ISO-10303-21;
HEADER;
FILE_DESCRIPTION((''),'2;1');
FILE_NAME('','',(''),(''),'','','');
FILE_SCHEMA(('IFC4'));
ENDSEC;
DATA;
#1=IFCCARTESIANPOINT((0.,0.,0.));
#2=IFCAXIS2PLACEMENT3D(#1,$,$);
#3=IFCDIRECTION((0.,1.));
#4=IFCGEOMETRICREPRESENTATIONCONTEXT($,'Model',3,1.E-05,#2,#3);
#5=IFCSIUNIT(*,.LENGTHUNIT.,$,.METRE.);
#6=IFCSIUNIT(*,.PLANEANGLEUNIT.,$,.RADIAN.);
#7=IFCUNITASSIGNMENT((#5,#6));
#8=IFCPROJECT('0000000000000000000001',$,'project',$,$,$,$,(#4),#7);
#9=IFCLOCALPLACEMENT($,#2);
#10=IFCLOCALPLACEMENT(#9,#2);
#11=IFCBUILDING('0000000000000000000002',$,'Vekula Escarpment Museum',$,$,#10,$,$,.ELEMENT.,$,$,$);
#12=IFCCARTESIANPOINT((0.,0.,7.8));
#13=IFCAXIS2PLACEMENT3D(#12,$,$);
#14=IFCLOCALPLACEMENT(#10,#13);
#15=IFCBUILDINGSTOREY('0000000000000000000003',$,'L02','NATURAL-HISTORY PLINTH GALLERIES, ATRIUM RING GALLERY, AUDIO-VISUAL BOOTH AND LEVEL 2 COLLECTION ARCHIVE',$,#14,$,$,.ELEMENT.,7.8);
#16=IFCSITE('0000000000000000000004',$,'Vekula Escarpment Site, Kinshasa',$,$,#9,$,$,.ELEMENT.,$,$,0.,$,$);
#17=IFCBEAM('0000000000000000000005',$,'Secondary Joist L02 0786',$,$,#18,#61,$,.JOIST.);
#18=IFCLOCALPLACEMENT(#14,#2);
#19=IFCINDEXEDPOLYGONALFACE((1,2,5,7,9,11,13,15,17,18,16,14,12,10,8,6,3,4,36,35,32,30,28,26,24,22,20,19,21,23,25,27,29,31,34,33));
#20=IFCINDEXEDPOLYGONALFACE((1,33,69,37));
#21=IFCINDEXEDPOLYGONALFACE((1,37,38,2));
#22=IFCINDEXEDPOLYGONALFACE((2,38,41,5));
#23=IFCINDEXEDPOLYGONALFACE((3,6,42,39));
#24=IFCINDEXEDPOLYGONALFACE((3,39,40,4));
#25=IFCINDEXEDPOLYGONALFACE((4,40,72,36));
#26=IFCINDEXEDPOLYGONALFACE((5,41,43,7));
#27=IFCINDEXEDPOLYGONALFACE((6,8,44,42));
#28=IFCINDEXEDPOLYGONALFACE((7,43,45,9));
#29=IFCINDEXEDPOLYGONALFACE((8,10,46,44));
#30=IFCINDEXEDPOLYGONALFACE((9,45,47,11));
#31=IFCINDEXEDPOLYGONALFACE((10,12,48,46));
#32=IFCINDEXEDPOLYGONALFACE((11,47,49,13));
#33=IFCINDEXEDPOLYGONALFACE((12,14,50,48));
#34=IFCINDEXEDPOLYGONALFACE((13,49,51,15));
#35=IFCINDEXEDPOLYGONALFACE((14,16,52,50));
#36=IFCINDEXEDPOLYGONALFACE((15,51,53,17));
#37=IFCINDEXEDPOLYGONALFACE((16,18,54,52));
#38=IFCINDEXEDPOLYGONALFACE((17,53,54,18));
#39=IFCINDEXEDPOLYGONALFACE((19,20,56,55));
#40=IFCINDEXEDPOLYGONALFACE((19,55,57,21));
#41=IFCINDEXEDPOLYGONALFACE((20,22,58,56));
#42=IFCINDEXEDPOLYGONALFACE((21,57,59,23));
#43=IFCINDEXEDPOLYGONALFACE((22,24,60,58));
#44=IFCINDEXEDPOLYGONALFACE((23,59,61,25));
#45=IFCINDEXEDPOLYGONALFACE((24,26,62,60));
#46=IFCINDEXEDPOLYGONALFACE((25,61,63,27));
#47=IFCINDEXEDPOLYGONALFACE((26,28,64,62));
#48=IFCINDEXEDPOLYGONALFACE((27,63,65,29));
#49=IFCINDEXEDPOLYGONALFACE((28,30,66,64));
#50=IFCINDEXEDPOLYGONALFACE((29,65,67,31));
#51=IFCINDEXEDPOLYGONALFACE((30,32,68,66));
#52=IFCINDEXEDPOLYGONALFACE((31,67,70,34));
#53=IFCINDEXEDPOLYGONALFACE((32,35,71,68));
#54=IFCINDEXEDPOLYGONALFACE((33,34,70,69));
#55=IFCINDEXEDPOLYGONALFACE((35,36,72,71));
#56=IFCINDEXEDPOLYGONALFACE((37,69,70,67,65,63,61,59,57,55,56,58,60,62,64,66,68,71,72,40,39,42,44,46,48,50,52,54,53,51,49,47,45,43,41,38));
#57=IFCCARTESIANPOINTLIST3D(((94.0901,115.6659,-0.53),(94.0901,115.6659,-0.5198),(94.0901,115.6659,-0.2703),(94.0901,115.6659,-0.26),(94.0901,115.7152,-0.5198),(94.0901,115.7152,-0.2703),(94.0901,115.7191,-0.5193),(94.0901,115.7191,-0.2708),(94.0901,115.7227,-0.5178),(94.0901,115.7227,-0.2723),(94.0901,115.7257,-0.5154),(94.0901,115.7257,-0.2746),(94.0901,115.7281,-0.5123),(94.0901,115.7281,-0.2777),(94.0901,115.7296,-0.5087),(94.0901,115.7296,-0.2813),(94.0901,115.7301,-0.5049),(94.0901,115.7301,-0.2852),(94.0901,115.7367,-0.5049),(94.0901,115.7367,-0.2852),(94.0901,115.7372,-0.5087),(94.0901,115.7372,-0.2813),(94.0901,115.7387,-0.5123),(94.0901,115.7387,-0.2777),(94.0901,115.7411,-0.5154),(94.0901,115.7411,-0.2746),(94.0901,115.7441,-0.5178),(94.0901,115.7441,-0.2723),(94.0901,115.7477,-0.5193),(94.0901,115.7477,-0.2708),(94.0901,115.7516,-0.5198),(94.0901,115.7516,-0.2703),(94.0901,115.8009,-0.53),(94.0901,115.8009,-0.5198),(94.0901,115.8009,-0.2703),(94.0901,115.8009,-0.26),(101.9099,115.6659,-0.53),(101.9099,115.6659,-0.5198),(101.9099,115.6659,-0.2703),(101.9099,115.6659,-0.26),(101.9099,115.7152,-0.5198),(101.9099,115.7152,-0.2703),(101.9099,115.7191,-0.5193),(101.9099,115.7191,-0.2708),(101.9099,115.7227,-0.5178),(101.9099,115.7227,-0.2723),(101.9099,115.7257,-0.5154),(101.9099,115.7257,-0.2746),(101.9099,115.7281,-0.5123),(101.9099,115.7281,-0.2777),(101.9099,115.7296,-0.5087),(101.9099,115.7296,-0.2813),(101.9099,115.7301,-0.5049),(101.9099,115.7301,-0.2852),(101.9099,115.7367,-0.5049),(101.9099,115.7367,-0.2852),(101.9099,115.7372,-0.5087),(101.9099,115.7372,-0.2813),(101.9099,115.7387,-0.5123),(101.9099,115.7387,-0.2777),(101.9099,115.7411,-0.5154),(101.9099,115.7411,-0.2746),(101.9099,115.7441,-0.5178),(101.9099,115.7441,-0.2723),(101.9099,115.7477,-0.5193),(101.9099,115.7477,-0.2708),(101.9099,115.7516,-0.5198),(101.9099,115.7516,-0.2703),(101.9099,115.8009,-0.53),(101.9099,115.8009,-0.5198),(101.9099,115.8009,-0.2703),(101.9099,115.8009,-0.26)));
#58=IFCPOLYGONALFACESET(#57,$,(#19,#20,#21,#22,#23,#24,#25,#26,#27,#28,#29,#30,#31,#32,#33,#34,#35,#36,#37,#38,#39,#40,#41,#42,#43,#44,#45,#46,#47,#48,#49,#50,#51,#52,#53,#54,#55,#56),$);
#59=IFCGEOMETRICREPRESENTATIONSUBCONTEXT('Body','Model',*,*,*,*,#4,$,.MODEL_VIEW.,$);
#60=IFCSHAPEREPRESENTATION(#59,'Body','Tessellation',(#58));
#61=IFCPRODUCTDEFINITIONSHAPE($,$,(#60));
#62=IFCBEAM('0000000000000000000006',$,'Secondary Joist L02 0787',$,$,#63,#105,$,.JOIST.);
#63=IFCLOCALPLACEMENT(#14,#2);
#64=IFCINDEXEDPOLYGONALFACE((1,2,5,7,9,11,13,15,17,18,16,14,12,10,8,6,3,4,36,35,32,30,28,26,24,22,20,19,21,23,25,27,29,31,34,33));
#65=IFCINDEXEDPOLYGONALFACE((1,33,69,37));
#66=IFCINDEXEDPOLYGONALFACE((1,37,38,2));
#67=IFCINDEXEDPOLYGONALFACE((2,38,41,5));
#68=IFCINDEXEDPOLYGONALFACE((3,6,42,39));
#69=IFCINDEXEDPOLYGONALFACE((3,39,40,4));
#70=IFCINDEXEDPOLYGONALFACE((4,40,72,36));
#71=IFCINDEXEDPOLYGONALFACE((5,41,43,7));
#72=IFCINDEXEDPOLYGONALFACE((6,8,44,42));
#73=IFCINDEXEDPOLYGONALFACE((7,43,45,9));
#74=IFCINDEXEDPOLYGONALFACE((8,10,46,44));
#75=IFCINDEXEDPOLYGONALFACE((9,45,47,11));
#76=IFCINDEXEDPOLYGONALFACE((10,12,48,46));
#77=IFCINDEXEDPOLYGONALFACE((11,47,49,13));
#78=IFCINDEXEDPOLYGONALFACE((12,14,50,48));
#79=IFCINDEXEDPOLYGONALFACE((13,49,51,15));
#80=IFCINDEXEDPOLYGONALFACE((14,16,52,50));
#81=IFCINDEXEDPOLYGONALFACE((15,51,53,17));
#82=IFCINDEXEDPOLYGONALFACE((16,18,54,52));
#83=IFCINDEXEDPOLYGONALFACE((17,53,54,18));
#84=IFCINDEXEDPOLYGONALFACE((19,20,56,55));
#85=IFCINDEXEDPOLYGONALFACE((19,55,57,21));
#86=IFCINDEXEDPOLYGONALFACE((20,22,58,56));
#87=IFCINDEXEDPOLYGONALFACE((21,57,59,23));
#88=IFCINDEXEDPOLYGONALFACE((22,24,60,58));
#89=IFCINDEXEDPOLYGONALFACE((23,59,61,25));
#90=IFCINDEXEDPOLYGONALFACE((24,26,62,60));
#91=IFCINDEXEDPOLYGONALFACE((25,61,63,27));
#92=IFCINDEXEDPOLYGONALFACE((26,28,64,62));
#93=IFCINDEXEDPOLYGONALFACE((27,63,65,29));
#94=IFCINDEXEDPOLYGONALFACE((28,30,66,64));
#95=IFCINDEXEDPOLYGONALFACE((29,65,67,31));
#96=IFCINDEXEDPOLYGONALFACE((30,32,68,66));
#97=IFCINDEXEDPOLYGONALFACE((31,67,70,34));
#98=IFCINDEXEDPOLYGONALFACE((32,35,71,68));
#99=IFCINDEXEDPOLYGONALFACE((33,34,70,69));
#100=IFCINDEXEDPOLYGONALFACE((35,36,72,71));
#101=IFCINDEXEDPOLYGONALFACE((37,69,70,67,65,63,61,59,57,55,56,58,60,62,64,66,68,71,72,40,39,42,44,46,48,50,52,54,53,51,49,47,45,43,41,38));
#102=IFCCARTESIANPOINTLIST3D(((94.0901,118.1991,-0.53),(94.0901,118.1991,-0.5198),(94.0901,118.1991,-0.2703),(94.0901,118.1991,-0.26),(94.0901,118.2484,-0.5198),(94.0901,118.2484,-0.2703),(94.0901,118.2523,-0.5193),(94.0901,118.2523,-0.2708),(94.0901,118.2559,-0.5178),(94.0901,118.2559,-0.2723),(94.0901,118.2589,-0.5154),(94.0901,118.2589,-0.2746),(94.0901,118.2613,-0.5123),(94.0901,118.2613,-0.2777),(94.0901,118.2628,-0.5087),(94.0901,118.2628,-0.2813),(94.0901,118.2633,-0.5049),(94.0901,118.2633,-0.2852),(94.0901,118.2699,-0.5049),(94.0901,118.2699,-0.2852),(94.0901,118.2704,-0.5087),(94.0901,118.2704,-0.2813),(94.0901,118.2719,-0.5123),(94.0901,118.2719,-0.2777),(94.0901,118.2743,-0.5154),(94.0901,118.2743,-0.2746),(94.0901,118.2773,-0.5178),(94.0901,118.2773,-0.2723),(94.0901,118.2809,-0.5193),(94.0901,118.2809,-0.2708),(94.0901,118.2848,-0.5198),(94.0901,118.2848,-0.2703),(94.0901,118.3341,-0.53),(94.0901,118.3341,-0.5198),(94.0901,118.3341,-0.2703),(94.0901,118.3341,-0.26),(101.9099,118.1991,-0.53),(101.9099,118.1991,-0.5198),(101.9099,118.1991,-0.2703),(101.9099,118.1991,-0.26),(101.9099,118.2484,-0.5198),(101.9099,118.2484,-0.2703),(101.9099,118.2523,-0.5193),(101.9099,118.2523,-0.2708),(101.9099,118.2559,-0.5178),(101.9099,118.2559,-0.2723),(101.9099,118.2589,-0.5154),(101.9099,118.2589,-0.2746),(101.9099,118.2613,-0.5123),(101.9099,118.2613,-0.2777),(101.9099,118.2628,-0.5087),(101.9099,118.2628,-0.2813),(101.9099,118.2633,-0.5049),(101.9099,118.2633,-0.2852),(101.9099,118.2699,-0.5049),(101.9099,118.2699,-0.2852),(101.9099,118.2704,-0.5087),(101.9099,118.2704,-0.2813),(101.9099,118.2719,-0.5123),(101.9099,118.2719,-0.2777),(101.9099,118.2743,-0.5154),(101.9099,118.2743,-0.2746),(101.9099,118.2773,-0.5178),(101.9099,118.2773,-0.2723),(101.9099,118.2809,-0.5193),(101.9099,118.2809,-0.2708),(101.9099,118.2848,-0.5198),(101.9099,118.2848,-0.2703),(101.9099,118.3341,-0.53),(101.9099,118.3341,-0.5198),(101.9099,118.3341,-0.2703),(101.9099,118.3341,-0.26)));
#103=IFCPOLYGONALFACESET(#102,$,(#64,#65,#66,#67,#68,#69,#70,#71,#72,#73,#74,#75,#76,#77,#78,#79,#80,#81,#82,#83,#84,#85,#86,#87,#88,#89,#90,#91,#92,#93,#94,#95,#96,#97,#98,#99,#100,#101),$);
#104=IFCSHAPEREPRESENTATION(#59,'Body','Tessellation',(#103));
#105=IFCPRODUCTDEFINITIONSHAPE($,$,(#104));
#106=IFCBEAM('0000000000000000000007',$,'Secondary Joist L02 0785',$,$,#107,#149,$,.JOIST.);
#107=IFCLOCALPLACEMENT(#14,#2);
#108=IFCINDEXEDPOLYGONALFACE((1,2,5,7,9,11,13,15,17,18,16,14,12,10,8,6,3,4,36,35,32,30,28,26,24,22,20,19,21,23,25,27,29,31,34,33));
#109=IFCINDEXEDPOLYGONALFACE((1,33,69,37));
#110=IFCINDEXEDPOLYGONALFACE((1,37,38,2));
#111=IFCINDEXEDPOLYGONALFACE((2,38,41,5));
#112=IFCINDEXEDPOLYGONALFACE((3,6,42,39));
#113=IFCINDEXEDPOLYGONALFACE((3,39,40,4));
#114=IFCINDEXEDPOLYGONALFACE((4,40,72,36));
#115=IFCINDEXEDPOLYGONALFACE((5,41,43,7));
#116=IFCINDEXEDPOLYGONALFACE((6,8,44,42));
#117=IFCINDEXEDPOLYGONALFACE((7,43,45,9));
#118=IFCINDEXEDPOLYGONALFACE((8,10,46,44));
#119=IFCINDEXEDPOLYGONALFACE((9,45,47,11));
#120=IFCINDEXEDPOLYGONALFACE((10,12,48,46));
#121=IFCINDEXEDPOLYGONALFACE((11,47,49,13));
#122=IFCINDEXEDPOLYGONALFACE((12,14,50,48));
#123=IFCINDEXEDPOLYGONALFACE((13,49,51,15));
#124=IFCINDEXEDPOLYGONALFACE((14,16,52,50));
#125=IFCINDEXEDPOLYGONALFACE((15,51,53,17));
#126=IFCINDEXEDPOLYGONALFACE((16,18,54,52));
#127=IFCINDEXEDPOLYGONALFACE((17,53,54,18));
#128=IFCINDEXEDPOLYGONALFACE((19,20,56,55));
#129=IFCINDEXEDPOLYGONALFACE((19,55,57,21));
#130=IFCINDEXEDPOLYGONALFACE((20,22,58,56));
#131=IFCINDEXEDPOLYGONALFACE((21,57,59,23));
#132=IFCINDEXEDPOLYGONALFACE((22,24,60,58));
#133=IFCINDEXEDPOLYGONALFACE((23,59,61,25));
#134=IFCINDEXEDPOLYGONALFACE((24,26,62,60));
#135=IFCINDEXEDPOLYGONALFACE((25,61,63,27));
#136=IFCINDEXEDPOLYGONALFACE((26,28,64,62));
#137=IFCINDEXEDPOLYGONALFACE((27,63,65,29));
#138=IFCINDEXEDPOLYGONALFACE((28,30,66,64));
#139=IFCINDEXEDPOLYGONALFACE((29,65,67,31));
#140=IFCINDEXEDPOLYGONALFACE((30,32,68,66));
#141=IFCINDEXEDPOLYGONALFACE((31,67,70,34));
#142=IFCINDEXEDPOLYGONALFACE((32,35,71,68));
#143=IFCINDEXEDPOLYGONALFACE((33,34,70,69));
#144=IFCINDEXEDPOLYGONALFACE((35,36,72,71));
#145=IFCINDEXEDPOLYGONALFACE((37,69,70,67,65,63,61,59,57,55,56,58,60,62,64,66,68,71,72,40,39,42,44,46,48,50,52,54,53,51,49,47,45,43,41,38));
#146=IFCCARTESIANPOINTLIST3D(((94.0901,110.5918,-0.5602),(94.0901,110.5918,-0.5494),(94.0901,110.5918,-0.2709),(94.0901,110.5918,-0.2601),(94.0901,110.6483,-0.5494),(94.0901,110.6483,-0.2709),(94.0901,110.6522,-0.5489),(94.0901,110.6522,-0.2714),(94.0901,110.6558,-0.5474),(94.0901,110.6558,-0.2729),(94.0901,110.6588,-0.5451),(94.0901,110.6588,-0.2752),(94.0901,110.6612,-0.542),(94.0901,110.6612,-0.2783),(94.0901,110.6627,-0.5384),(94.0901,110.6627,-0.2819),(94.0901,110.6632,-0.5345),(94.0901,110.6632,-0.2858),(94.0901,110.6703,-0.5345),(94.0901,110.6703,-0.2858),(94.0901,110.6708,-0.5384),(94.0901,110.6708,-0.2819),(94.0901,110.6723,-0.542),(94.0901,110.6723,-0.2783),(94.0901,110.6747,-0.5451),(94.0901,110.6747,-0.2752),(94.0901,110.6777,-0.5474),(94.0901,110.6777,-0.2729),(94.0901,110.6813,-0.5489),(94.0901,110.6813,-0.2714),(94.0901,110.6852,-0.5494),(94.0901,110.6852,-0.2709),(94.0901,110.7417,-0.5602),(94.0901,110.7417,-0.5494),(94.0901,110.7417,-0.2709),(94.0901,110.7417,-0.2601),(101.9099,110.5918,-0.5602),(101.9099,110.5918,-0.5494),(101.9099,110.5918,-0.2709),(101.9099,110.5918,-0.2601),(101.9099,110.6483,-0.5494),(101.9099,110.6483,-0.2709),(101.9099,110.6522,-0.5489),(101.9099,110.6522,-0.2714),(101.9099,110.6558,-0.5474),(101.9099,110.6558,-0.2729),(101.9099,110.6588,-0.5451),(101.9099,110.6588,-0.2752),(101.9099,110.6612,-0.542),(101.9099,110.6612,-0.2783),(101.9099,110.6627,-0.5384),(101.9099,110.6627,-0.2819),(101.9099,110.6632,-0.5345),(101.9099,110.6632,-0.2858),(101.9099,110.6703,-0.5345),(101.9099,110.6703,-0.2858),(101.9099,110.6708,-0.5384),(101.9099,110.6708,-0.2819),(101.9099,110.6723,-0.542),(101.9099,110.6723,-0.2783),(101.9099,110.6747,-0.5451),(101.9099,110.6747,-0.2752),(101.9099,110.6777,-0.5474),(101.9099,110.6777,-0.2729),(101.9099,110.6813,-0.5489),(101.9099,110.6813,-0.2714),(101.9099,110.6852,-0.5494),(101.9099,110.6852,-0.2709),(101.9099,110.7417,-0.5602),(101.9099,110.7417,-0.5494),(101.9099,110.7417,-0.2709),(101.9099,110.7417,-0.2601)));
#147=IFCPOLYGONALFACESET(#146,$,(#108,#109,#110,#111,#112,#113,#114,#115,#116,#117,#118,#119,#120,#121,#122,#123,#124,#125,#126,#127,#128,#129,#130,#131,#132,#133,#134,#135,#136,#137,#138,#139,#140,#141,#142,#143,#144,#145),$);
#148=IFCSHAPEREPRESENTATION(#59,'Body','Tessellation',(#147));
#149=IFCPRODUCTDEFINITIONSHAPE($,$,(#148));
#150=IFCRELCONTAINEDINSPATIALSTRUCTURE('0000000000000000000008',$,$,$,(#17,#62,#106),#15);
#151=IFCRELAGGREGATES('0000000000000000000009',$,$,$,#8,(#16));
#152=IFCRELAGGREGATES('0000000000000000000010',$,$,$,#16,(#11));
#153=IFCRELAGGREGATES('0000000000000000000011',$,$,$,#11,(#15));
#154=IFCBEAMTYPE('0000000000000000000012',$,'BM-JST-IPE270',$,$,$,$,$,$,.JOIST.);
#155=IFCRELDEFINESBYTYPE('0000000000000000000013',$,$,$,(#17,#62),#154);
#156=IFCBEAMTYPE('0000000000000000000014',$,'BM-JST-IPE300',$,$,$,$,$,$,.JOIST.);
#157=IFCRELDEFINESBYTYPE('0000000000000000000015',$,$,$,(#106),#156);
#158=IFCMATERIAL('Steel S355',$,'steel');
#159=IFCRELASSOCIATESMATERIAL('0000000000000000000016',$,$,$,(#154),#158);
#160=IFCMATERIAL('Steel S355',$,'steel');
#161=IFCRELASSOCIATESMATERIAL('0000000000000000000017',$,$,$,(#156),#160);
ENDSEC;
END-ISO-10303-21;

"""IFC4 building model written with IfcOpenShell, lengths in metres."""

from ifc_helpers import new_model, si_unit, direction, frame, origin, origin_2d, place, context, subcontext, project, spatial, i_section, extrude, material, material_profile, profile_set, type_object, element, save


model = new_model("IFC4")

# Units and contexts
model_context = context("Model", 3, precision=1e-05, world=origin(), true_north=direction((0.0, 1.0)))
body_context = subcontext(model_context, "Body", "Model", "MODEL_VIEW")
ifc_project = project(units=[si_unit("LENGTHUNIT", "METRE"), si_unit("PLANEANGLEUNIT", "RADIAN")], contexts=[model_context])

# Site, building, storey
site_placement = place(None, origin())
site = spatial("IfcSite", under=ifc_project, at=site_placement, Name="Vekula Escarpment Site, Kinshasa", CompositionType="ELEMENT", RefElevation=0.0)
building_placement = place(site_placement, origin())
building = spatial("IfcBuilding", under=site, at=building_placement, Name="Vekula Escarpment Museum", CompositionType="ELEMENT")
storey_placement = place(building_placement, frame((0.0, 0.0, 7.8)))
storey = spatial("IfcBuildingStorey", under=building, at=storey_placement, Name="L02", Description="NATURAL-HISTORY PLINTH GALLERIES, ATRIUM RING GALLERY, AUDIO-VISUAL BOOTH AND LEVEL 2 COLLECTION ARCHIVE", CompositionType="ELEMENT", Elevation=7.8)

# Beams
ifc_material_1 = material(Name="Steel S355", Category="steel")
ifc_material_profile_1 = material_profile(ifc_material_1, i_section(OverallWidth=0.135, OverallDepth=0.27, WebThickness=0.0066, FlangeThickness=0.0103, FilletRadius=0.0149, at=origin_2d()), Name="IPE 270")
ifc_profile_set_1 = profile_set([ifc_material_profile_1], Name="Steel S355")
beam_type_1 = type_object("IfcBeamType", Name="BM-JST-IPE270", PredefinedType="JOIST", material=ifc_profile_set_1)
for number, where, z_axis, x_axis, name in (
    (1, (94.0901, 115.7334, -0.395), (1.0, 0.0, 0.0), (0.0, 1.0, 0.0), "Secondary Joist L02 0786"),
    (2, (94.0901, 118.2666, -0.395), (1.0, 0.0, 0.0), (0.0, 1.0, 0.0), "Secondary Joist L02 0787"),
):
    element("IfcBeam", number, at=place(storey_placement, frame(where, z_axis=z_axis, x_axis=x_axis)), inside=storey, type_object=beam_type_1, Name=name, PredefinedType="JOIST", context=body_context, shape_type="SweptSolid", body=[
        extrude(i_section(OverallWidth=0.135, OverallDepth=0.27, WebThickness=0.0066, FlangeThickness=0.0103, FilletRadius=0.0149, at=origin_2d()), origin(), (0.0, 0.0, 1.0), 7.8198),
    ])
ifc_material_2 = material(Name="Steel S355", Category="steel")
ifc_material_profile_2 = material_profile(ifc_material_2, i_section(OverallWidth=0.1499, OverallDepth=0.3, WebThickness=0.0071, FlangeThickness=0.0107, FilletRadius=0.0149, at=origin_2d()), Name="IPE 300")
ifc_profile_set_2 = profile_set([ifc_material_profile_2], Name="Steel S355")
beam_type_2 = type_object("IfcBeamType", Name="BM-JST-IPE300", PredefinedType="JOIST", material=ifc_profile_set_2)
beam_1_placement = place(storey_placement, frame((94.0901, 110.6667, -0.4102), z_axis=(1.0, 0.0, 0.0), x_axis=(0.0, 1.0, 0.0)))
element("IfcBeam", 3, at=beam_1_placement, inside=storey, type_object=beam_type_2, Name="Secondary Joist L02 0785", PredefinedType="JOIST", context=body_context, shape_type="SweptSolid", body=[
    extrude(i_section(OverallWidth=0.1499, OverallDepth=0.3, WebThickness=0.0071, FlangeThickness=0.0107, FilletRadius=0.0149, at=origin_2d()), origin(), (0.0, 0.0, 1.0), 7.8198),
])

save(model, "model.ifc")
